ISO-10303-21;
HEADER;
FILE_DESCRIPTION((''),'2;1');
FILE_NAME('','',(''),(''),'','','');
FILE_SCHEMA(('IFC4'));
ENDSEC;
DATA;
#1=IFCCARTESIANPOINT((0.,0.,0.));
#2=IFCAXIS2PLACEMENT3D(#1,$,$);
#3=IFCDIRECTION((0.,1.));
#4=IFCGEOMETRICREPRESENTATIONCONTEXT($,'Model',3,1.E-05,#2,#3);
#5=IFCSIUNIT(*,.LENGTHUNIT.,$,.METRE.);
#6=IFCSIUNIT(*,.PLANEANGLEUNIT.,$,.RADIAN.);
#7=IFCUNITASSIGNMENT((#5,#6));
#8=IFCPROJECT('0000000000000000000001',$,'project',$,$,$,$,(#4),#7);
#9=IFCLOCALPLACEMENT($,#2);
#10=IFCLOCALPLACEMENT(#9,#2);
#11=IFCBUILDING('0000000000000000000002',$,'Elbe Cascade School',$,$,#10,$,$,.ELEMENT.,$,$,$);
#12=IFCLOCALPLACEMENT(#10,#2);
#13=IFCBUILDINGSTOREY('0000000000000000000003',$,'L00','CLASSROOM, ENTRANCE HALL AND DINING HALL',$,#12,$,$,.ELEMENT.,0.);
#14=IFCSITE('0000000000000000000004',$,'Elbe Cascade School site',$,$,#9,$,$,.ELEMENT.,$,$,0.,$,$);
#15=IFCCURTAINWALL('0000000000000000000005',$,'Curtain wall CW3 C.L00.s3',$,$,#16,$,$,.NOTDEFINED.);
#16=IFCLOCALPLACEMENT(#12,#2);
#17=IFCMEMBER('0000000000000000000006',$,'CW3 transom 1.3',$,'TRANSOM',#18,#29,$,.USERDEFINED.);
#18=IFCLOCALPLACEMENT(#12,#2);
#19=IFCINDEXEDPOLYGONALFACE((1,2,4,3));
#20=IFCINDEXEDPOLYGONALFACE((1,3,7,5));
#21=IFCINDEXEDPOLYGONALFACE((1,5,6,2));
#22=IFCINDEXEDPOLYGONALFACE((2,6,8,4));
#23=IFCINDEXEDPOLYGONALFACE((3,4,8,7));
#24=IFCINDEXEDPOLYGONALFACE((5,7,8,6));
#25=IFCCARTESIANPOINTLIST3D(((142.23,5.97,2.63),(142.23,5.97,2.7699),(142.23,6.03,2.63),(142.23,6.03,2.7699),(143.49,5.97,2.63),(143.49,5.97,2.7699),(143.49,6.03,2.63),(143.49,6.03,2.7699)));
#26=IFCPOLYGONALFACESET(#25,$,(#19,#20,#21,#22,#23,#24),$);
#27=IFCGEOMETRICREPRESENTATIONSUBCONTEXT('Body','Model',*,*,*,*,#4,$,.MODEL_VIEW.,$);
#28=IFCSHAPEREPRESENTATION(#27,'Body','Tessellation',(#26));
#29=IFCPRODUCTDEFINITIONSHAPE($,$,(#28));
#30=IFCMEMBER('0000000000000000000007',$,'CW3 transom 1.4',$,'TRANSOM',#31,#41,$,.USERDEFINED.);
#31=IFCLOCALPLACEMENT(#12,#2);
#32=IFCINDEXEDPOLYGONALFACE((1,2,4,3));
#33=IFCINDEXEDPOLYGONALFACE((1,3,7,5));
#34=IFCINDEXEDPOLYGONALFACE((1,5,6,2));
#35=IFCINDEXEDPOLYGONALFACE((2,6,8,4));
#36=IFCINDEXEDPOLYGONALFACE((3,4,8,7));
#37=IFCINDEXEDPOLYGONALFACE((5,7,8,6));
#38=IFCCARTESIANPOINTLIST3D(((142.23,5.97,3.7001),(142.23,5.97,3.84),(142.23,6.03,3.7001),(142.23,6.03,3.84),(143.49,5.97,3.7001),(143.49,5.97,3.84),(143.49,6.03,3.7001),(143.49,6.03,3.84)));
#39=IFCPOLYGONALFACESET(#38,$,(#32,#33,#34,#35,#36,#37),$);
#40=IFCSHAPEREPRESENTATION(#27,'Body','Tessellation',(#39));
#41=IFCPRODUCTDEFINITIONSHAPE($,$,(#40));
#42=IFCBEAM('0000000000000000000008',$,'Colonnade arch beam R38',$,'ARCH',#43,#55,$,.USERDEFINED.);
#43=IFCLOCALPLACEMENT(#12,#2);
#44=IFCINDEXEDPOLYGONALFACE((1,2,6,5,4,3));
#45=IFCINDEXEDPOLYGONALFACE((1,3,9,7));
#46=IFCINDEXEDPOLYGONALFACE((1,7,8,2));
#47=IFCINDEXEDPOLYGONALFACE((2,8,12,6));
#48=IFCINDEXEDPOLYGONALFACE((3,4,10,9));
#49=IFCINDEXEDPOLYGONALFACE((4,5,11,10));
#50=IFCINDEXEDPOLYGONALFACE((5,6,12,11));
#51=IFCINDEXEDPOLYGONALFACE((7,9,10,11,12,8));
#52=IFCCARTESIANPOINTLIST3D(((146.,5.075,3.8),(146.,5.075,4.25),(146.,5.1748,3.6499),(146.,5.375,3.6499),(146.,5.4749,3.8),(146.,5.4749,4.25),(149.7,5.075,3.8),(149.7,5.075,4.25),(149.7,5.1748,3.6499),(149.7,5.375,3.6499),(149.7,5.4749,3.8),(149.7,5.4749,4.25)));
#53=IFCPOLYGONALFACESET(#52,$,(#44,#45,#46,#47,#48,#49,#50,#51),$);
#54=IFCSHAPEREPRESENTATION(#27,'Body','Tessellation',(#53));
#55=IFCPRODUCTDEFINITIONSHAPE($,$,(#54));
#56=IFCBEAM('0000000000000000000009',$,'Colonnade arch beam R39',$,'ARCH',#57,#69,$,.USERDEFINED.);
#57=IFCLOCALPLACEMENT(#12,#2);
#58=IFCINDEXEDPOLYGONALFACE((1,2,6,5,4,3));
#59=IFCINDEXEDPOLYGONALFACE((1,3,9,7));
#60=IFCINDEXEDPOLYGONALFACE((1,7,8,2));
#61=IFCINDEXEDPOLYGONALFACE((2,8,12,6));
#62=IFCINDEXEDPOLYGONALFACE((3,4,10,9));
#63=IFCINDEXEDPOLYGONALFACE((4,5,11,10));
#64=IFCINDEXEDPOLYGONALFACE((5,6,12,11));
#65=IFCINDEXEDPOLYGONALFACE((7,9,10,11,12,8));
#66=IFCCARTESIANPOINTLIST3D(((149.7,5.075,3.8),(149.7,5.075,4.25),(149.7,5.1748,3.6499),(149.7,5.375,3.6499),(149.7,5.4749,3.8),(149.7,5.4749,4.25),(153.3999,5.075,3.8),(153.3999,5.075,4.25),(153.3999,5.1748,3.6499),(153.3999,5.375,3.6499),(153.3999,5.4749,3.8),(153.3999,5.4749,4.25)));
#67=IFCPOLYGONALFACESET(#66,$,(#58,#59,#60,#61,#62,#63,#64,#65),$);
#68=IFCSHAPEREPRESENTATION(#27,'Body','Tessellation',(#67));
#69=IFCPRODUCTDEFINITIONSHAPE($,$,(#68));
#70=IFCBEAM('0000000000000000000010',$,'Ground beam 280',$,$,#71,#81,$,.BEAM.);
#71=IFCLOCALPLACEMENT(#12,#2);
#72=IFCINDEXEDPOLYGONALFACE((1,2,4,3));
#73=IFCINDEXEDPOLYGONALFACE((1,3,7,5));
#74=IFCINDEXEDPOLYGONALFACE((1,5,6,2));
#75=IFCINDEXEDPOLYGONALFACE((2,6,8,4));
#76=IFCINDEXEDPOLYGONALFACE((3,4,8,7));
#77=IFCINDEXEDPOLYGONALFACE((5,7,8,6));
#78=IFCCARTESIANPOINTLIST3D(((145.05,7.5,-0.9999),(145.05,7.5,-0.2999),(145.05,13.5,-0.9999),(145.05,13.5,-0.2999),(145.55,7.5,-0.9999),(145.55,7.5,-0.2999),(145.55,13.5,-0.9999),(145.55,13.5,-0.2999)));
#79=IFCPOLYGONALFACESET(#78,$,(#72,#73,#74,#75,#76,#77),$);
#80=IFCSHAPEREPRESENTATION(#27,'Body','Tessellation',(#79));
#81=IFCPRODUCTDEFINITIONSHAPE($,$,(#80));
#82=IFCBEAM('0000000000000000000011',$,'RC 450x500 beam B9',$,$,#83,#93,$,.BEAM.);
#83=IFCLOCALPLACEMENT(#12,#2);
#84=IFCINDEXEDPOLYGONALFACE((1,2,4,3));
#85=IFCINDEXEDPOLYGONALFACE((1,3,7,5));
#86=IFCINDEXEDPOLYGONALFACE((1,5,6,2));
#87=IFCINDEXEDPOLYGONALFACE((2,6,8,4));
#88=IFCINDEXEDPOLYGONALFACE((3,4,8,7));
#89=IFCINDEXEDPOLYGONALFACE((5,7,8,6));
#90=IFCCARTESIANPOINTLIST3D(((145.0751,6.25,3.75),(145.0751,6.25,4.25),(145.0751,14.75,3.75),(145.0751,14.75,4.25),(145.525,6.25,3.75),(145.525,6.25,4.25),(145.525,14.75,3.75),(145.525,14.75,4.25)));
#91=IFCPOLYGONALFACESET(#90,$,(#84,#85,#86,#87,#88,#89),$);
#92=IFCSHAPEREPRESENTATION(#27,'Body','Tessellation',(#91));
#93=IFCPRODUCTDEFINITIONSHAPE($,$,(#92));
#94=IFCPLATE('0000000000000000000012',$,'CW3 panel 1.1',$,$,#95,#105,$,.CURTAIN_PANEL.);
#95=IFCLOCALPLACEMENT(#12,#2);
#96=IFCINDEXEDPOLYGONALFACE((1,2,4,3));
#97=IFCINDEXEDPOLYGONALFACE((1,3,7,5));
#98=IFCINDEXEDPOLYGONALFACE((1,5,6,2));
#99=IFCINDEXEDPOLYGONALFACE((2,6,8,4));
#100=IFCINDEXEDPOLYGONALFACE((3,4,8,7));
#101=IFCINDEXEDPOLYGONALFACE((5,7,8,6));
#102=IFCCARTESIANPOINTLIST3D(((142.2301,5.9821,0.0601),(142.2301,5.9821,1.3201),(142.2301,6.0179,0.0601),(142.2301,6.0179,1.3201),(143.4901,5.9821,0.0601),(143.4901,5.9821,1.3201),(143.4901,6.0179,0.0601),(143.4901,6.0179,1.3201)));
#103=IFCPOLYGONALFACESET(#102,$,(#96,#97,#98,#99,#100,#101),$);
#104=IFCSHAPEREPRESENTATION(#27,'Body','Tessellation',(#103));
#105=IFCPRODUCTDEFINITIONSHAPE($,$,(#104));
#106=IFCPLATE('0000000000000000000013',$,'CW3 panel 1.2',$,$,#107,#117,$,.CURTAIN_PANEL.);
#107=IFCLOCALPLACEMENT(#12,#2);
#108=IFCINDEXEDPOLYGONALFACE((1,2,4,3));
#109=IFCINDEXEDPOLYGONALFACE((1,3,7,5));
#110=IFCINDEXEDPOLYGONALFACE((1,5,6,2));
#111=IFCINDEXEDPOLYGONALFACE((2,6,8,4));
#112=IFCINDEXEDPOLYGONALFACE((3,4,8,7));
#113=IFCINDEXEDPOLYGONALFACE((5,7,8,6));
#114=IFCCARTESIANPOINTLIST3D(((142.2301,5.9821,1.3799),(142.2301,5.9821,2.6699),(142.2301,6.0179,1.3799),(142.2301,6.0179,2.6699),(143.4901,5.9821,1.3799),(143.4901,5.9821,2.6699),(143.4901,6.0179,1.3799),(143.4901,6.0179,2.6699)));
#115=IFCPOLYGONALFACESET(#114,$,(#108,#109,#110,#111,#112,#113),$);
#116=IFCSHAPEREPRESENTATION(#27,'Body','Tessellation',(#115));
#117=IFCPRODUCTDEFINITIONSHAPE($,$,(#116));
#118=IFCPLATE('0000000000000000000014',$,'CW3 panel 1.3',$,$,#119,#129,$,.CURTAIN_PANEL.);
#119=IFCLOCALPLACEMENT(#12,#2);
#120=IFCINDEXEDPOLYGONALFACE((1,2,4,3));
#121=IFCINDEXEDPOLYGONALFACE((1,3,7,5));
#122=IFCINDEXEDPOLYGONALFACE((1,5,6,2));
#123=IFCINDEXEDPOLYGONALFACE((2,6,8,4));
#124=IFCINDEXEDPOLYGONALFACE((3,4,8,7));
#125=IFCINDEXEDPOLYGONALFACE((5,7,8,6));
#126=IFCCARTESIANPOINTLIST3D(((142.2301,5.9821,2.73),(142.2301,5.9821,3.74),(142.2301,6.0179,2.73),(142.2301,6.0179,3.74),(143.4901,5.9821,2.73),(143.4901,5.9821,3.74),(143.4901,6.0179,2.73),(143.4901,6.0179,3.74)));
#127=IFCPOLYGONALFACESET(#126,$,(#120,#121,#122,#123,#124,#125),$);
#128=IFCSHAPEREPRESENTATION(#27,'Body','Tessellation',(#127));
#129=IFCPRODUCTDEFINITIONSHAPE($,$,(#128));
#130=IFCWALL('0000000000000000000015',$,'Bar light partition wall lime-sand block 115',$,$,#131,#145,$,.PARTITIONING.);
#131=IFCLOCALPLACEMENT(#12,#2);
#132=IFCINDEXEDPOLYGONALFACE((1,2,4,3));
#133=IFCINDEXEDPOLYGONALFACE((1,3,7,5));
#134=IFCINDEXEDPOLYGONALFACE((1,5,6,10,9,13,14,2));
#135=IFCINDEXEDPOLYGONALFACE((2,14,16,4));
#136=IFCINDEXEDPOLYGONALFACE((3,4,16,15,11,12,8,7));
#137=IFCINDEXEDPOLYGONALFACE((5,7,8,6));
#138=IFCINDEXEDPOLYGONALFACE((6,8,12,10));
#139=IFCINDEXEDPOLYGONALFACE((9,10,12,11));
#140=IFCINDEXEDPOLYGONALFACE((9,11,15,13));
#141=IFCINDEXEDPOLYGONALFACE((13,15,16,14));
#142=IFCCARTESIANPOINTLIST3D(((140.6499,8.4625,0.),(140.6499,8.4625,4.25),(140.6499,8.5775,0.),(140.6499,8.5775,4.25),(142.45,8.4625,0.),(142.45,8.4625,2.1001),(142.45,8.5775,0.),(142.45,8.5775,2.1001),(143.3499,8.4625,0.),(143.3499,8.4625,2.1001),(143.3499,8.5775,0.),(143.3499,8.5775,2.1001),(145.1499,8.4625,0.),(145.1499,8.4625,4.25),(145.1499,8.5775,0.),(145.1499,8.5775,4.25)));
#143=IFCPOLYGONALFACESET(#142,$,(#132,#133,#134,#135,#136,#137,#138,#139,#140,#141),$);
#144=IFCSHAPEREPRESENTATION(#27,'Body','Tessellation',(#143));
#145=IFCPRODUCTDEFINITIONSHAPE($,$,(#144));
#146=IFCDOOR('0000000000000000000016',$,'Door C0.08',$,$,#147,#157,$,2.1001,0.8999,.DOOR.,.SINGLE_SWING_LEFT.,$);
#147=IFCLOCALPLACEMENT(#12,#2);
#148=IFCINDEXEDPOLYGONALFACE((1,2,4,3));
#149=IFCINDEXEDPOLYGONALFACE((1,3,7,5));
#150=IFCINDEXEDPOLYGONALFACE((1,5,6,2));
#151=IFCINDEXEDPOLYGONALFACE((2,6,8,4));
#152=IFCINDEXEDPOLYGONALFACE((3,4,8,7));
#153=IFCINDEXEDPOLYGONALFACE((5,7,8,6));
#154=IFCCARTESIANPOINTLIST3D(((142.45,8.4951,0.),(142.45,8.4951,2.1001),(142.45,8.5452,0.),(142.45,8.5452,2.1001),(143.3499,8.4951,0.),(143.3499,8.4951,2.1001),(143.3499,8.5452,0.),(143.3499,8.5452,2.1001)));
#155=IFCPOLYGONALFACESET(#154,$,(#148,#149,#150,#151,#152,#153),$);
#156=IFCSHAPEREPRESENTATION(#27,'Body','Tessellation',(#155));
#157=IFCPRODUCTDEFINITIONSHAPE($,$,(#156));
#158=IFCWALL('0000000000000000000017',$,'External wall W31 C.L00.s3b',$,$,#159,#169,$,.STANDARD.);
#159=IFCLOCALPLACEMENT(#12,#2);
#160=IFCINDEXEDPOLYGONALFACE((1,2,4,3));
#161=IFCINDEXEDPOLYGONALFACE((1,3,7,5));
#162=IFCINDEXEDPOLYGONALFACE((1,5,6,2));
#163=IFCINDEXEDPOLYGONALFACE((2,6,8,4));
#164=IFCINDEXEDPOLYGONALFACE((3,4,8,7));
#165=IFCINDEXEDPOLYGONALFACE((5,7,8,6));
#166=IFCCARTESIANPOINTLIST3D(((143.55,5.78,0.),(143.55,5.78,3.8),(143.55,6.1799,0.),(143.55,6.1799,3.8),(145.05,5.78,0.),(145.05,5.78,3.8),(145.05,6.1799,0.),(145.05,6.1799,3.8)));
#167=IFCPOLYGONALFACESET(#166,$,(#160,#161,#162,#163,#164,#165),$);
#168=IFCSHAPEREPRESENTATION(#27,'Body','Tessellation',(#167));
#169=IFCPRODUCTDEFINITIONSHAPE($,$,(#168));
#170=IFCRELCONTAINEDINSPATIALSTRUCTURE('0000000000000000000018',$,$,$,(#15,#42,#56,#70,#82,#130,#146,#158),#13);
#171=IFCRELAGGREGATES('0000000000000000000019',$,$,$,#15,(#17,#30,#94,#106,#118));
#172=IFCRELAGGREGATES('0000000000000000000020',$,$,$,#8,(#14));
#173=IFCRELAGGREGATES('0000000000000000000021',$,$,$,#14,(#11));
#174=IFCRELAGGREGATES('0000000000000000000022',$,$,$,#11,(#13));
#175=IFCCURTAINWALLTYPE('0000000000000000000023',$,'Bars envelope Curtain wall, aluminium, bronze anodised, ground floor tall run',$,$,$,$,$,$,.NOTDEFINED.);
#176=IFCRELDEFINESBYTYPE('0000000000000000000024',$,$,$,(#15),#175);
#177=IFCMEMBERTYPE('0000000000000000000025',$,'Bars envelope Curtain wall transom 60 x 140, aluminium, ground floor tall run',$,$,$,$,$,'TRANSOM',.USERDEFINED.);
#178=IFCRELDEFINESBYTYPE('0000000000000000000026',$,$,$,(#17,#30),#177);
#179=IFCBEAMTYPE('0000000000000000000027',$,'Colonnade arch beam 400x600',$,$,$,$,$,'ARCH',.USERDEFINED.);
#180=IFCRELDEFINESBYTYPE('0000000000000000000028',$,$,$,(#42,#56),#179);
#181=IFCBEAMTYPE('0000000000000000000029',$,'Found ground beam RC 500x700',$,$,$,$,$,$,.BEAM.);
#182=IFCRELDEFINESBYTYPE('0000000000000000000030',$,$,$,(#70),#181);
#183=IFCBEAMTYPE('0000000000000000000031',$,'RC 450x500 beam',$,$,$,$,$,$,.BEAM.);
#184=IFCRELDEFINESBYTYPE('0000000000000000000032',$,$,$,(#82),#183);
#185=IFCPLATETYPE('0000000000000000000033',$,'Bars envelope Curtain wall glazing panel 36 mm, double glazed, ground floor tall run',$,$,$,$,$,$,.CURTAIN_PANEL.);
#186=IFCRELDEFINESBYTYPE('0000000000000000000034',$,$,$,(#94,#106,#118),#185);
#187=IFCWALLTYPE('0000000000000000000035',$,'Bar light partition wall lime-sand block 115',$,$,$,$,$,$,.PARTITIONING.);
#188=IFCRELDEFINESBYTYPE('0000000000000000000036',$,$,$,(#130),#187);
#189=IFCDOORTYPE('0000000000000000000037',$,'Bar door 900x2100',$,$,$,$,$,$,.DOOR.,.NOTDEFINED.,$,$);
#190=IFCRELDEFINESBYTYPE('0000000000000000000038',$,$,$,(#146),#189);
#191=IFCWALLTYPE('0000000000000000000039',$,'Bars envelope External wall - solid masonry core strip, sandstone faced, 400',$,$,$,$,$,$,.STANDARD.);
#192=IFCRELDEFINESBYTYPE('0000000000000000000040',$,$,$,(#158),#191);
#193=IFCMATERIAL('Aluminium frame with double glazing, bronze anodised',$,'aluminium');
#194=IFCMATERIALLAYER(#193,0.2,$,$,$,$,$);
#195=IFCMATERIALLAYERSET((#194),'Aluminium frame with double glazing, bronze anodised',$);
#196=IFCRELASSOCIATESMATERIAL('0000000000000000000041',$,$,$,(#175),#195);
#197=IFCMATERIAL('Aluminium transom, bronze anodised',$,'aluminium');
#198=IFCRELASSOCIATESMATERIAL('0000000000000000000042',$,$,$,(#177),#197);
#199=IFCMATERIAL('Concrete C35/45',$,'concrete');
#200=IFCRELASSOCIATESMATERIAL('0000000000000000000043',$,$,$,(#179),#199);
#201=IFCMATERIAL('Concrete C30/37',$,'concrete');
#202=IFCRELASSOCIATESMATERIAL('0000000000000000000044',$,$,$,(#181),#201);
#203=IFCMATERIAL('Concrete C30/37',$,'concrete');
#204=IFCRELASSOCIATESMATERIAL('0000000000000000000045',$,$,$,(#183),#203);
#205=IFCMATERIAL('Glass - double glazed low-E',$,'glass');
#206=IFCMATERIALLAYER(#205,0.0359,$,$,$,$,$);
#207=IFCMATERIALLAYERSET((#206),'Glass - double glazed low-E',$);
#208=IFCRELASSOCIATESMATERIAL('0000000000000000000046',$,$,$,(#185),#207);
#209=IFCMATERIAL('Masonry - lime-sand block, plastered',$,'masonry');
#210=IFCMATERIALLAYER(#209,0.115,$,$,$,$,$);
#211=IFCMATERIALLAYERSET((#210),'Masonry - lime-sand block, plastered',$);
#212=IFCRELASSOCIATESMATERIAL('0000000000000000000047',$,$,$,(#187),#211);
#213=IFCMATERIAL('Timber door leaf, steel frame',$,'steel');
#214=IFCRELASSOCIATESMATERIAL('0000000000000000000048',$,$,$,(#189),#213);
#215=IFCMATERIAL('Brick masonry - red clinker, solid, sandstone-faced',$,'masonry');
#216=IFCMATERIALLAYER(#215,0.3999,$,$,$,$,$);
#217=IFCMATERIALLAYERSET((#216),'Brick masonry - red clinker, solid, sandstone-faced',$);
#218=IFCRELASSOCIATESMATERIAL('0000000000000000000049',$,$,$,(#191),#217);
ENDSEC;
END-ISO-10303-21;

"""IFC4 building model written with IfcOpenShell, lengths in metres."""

from ifc_helpers import new_model, si_unit, direction, frame, frame_2d, origin, origin_2d, place, context, subcontext, project, spatial, polyline, rectangle, outline, extrude, material, layer, layer_set, material_profile, profile_set, type_object, element, fill, aggregate, save


model = new_model("IFC4")

# Units and contexts
model_context = context("Model", 3, precision=1e-05, world=origin(), true_north=direction((0.0, 1.0)))
body_context = subcontext(model_context, "Body", "Model", "MODEL_VIEW")
ifc_project = project(units=[si_unit("LENGTHUNIT", "METRE"), si_unit("PLANEANGLEUNIT", "RADIAN")], contexts=[model_context])

# Site, building, storey
site_placement = place(None, origin())
site = spatial("IfcSite", under=ifc_project, at=site_placement, Name="Elbe Cascade School site", CompositionType="ELEMENT", RefElevation=0.0)
building_placement = place(site_placement, origin())
building = spatial("IfcBuilding", under=site, at=building_placement, Name="Elbe Cascade School", CompositionType="ELEMENT")
storey_placement = place(building_placement, origin())
storey = spatial("IfcBuildingStorey", under=building, at=storey_placement, Name="L00", Description="CLASSROOM, ENTRANCE HALL AND DINING HALL", CompositionType="ELEMENT", Elevation=0.0)

# Curtain wall, members
ifc_material_1 = material(Name="Aluminium frame with double glazing, bronze anodised", Category="aluminium")
ifc_layer_1 = layer(ifc_material_1, 0.2)
ifc_layer_set_1 = layer_set([ifc_layer_1], Name="Aluminium frame with double glazing, bronze anodised")
curtain_wall_type = type_object("IfcCurtainWallType", Name="Bars envelope Curtain wall, aluminium, bronze anodised, ground floor tall run", PredefinedType="NOTDEFINED", material=ifc_layer_set_1)
curtain_wall_placement = place(storey_placement, origin())
curtain_wall = element("IfcCurtainWall", 1, at=curtain_wall_placement, inside=storey, type_object=curtain_wall_type, Name="Curtain wall CW3 C.L00.s3", PredefinedType="NOTDEFINED")
ifc_material_2 = material(Name="Aluminium transom, bronze anodised", Category="aluminium")
ifc_material_profile_1 = material_profile(ifc_material_2, rectangle(XDim=0.0601, YDim=0.1399, at=origin_2d()), Name="Bars envelope Curtain wall transom 60 x 140, aluminium, ground floor tall run")
ifc_profile_set_1 = profile_set([ifc_material_profile_1], Name="Aluminium transom, bronze anodised")
member_type_1 = type_object("IfcMemberType", Name="Bars envelope Curtain wall transom 60 x 140, aluminium, ground floor tall run", ElementType="TRANSOM", PredefinedType="USERDEFINED", material=ifc_profile_set_1)
member_1_placement = place(storey_placement, frame((143.49, 6.0, 2.7), z_axis=(-1.0, 0.0, 0.0), x_axis=(0.0, -1.0, 0.0)))
member_1 = element("IfcMember", 2, at=member_1_placement, type_object=member_type_1, Name="CW3 transom 1.3", ObjectType="TRANSOM", PredefinedType="USERDEFINED", context=body_context, shape_type="SweptSolid", body=[
    extrude(rectangle(XDim=0.0601, YDim=0.1399, at=origin_2d()), origin(), (0.0, 0.0, 1.0), 1.26),
])
member_2_placement = place(storey_placement, frame((143.49, 6.0, 3.77), z_axis=(-1.0, 0.0, 0.0), x_axis=(0.0, -1.0, 0.0)))
member_2 = element("IfcMember", 3, at=member_2_placement, type_object=member_type_1, Name="CW3 transom 1.4", ObjectType="TRANSOM", PredefinedType="USERDEFINED", context=body_context, shape_type="SweptSolid", body=[
    extrude(rectangle(XDim=0.0601, YDim=0.1399, at=origin_2d()), origin(), (0.0, 0.0, 1.0), 1.26),
])

# Beams
ifc_material_3 = material(Name="Concrete C35/45", Category="concrete")
ifc_material_profile_2 = material_profile(ifc_material_3, outline(polyline([(-0.2, 0.3), (0.2, 0.3), (0.2, -0.1499), (0.1001, -0.3), (-0.1001, -0.3), (-0.2, -0.1499), (-0.2, 0.3)])), Name="RC arch 400x600")
ifc_profile_set_2 = profile_set([ifc_material_profile_2], Name="Concrete C35/45")
beam_type_1 = type_object("IfcBeamType", Name="Colonnade arch beam 400x600", ElementType="ARCH", PredefinedType="USERDEFINED", material=ifc_profile_set_2)
for number, where, z_axis, x_axis, name in (
    (4, (146.0, 5.2749, 3.95), (1.0, 0.0, 0.0), (0.0, 1.0, 0.0), "Colonnade arch beam R38"),
    (5, (149.7, 5.2749, 3.95), (1.0, 0.0, 0.0), (0.0, 1.0, 0.0), "Colonnade arch beam R39"),
):
    element("IfcBeam", number, at=place(storey_placement, frame(where, z_axis=z_axis, x_axis=x_axis)), inside=storey, type_object=beam_type_1, Name=name, ObjectType="ARCH", PredefinedType="USERDEFINED", context=body_context, shape_type="SweptSolid", body=[
        extrude(outline(polyline([(-0.2, 0.3), (0.2, 0.3), (0.2, -0.1499), (0.1001, -0.3), (-0.1001, -0.3), (-0.2, -0.1499), (-0.2, 0.3)])), origin(), (0.0, 0.0, 1.0), 3.7),
    ])
ifc_material_4 = material(Name="Concrete C30/37", Category="concrete")
ifc_material_profile_3 = material_profile(ifc_material_4, rectangle(XDim=0.5, YDim=0.7, at=origin_2d()), Name="RC 500x700")
ifc_profile_set_3 = profile_set([ifc_material_profile_3], Name="Concrete C30/37")
beam_type_2 = type_object("IfcBeamType", Name="Found ground beam RC 500x700", PredefinedType="BEAM", material=ifc_profile_set_3)
beam_1_placement = place(storey_placement, frame((145.3, 7.5, -0.6499), z_axis=(0.0, 1.0, 0.0), x_axis=(-1.0, 0.0, 0.0)))
element("IfcBeam", 6, at=beam_1_placement, inside=storey, type_object=beam_type_2, Name="Ground beam 280", PredefinedType="BEAM", context=body_context, shape_type="SweptSolid", body=[
    extrude(rectangle(XDim=0.5, YDim=0.7, at=origin_2d()), origin(), (0.0, 0.0, 1.0), 6.0),
])
ifc_material_5 = material(Name="Concrete C30/37", Category="concrete")
ifc_material_profile_4 = material_profile(ifc_material_5, rectangle(XDim=0.45, YDim=0.5, at=origin_2d()), Name="RC 450x500")
ifc_profile_set_4 = profile_set([ifc_material_profile_4], Name="Concrete C30/37")
beam_type_3 = type_object("IfcBeamType", Name="RC 450x500 beam", PredefinedType="BEAM", material=ifc_profile_set_4)
beam_2_placement = place(storey_placement, frame((145.3, 6.25, 4.0), z_axis=(0.0, 1.0, 0.0), x_axis=(-1.0, 0.0, 0.0)))
element("IfcBeam", 7, at=beam_2_placement, inside=storey, type_object=beam_type_3, Name="RC 450x500 beam B9", PredefinedType="BEAM", context=body_context, shape_type="SweptSolid", body=[
    extrude(rectangle(XDim=0.45, YDim=0.5, at=origin_2d()), origin(), (0.0, 0.0, 1.0), 8.5),
])

# Plates
ifc_material_6 = material(Name="Glass - double glazed low-E", Category="glass")
ifc_layer_2 = layer(ifc_material_6, 0.0359)
ifc_layer_set_2 = layer_set([ifc_layer_2], Name="Glass - double glazed low-E")
plate_type = type_object("IfcPlateType", Name="Bars envelope Curtain wall glazing panel 36 mm, double glazed, ground floor tall run", PredefinedType="CURTAIN_PANEL", material=ifc_layer_set_2)
plate_1_placement = place(storey_placement, frame((142.8601, 6.0, 0.0601), z_axis=(0.0, 0.0, 1.0), x_axis=(-1.0, 0.0, 0.0)))
plate_1 = element("IfcPlate", 8, at=plate_1_placement, type_object=plate_type, Name="CW3 panel 1.1", PredefinedType="CURTAIN_PANEL", context=body_context, shape_type="SweptSolid", body=[
    extrude(rectangle(XDim=1.26, YDim=0.0359, at=origin_2d()), origin(), (0.0, 0.0, 1.0), 1.26),
])
plate_2_placement = place(storey_placement, frame((142.8601, 6.0, 1.3799), z_axis=(0.0, 0.0, 1.0), x_axis=(-1.0, 0.0, 0.0)))
plate_2 = element("IfcPlate", 9, at=plate_2_placement, type_object=plate_type, Name="CW3 panel 1.2", PredefinedType="CURTAIN_PANEL", context=body_context, shape_type="SweptSolid", body=[
    extrude(rectangle(XDim=1.26, YDim=0.0359, at=origin_2d()), origin(), (0.0, 0.0, 1.0), 1.29),
])
plate_3_placement = place(storey_placement, frame((142.8601, 6.0, 2.73), z_axis=(0.0, 0.0, 1.0), x_axis=(-1.0, 0.0, 0.0)))
plate_3 = element("IfcPlate", 10, at=plate_3_placement, type_object=plate_type, Name="CW3 panel 1.3", PredefinedType="CURTAIN_PANEL", context=body_context, shape_type="SweptSolid", body=[
    extrude(rectangle(XDim=1.26, YDim=0.0359, at=origin_2d()), origin(), (0.0, 0.0, 1.0), 1.01),
])
aggregate(curtain_wall, [member_1, member_2, plate_1, plate_2, plate_3])

# Wall, opening, door
ifc_material_7 = material(Name="Masonry - lime-sand block, plastered", Category="masonry")
ifc_layer_3 = layer(ifc_material_7, 0.115)
ifc_layer_set_3 = layer_set([ifc_layer_3], Name="Masonry - lime-sand block, plastered")
wall_type_1 = type_object("IfcWallType", Name="Bar light partition wall lime-sand block 115", PredefinedType="PARTITIONING", material=ifc_layer_set_3)
wall_1_placement = place(storey_placement, frame((145.1499, 8.52, 0.0), z_axis=(0.0, 0.0, 1.0), x_axis=(-1.0, 0.0, 0.0)))
wall_1 = element("IfcWall", 11, at=wall_1_placement, inside=storey, type_object=wall_type_1, Name="Bar light partition wall lime-sand block 115", PredefinedType="PARTITIONING", context=body_context, shape_type="SweptSolid", body=[
    extrude(rectangle(XDim=4.5, YDim=0.115, at=frame_2d((2.25, 0.0))), origin(), (0.0, 0.0, 1.0), 4.25),
])
opening_placement = place(wall_1_placement, frame((1.8, 0.0, 0.0)))
opening = element("IfcOpeningElement", 12, at=opening_placement, cuts=wall_1, PredefinedType="OPENING", context=body_context, shape_type="SweptSolid", body=[
    extrude(rectangle(XDim=0.8999, YDim=2.1001, at=frame_2d((0.45, 1.05))), frame((0.0, 0.0674, 0.0), z_axis=(0.0, -1.0, 0.0), x_axis=(1.0, 0.0, 0.0)), (0.0, 0.0, 1.0), 0.135),
])
ifc_material_8 = material(Name="Timber door leaf, steel frame", Category="steel")
door_type = type_object("IfcDoorType", Name="Bar door 900x2100", OperationType="NOTDEFINED", PredefinedType="DOOR", material=ifc_material_8)
door_placement = place(opening_placement, origin())
door = element("IfcDoor", 13, at=door_placement, inside=storey, type_object=door_type, Name="Door C0.08", OperationType="SINGLE_SWING_LEFT", OverallHeight=2.1001, OverallWidth=0.8999, PredefinedType="DOOR", context=body_context, shape_type="SweptSolid", body=[
    extrude(rectangle(XDim=0.8999, YDim=2.1001, at=frame_2d((0.45, 1.05))), frame((0.0, 0.0249, 0.0), z_axis=(0.0, -1.0, 0.0), x_axis=(1.0, 0.0, 0.0)), (0.0, 0.0, 1.0), 0.05),
])
fill(opening, door)

# Wall
ifc_material_9 = material(Name="Brick masonry - red clinker, solid, sandstone-faced", Category="masonry")
ifc_layer_4 = layer(ifc_material_9, 0.3999)
ifc_layer_set_4 = layer_set([ifc_layer_4], Name="Brick masonry - red clinker, solid, sandstone-faced")
wall_type_2 = type_object("IfcWallType", Name="Bars envelope External wall - solid masonry core strip, sandstone faced, 400", PredefinedType="STANDARD", material=ifc_layer_set_4)
wall_2_placement = place(storey_placement, frame((145.05, 5.98, 0.0), z_axis=(0.0, 0.0, 1.0), x_axis=(-1.0, 0.0, 0.0)))
element("IfcWall", 14, at=wall_2_placement, inside=storey, type_object=wall_type_2, Name="External wall W31 C.L00.s3b", PredefinedType="STANDARD", context=body_context, shape_type="SweptSolid", body=[
    extrude(rectangle(XDim=1.5, YDim=0.3999, at=frame_2d((0.75, 0.0))), origin(), (0.0, 0.0, 1.0), 3.8),
])

save(model, "model.ifc")
